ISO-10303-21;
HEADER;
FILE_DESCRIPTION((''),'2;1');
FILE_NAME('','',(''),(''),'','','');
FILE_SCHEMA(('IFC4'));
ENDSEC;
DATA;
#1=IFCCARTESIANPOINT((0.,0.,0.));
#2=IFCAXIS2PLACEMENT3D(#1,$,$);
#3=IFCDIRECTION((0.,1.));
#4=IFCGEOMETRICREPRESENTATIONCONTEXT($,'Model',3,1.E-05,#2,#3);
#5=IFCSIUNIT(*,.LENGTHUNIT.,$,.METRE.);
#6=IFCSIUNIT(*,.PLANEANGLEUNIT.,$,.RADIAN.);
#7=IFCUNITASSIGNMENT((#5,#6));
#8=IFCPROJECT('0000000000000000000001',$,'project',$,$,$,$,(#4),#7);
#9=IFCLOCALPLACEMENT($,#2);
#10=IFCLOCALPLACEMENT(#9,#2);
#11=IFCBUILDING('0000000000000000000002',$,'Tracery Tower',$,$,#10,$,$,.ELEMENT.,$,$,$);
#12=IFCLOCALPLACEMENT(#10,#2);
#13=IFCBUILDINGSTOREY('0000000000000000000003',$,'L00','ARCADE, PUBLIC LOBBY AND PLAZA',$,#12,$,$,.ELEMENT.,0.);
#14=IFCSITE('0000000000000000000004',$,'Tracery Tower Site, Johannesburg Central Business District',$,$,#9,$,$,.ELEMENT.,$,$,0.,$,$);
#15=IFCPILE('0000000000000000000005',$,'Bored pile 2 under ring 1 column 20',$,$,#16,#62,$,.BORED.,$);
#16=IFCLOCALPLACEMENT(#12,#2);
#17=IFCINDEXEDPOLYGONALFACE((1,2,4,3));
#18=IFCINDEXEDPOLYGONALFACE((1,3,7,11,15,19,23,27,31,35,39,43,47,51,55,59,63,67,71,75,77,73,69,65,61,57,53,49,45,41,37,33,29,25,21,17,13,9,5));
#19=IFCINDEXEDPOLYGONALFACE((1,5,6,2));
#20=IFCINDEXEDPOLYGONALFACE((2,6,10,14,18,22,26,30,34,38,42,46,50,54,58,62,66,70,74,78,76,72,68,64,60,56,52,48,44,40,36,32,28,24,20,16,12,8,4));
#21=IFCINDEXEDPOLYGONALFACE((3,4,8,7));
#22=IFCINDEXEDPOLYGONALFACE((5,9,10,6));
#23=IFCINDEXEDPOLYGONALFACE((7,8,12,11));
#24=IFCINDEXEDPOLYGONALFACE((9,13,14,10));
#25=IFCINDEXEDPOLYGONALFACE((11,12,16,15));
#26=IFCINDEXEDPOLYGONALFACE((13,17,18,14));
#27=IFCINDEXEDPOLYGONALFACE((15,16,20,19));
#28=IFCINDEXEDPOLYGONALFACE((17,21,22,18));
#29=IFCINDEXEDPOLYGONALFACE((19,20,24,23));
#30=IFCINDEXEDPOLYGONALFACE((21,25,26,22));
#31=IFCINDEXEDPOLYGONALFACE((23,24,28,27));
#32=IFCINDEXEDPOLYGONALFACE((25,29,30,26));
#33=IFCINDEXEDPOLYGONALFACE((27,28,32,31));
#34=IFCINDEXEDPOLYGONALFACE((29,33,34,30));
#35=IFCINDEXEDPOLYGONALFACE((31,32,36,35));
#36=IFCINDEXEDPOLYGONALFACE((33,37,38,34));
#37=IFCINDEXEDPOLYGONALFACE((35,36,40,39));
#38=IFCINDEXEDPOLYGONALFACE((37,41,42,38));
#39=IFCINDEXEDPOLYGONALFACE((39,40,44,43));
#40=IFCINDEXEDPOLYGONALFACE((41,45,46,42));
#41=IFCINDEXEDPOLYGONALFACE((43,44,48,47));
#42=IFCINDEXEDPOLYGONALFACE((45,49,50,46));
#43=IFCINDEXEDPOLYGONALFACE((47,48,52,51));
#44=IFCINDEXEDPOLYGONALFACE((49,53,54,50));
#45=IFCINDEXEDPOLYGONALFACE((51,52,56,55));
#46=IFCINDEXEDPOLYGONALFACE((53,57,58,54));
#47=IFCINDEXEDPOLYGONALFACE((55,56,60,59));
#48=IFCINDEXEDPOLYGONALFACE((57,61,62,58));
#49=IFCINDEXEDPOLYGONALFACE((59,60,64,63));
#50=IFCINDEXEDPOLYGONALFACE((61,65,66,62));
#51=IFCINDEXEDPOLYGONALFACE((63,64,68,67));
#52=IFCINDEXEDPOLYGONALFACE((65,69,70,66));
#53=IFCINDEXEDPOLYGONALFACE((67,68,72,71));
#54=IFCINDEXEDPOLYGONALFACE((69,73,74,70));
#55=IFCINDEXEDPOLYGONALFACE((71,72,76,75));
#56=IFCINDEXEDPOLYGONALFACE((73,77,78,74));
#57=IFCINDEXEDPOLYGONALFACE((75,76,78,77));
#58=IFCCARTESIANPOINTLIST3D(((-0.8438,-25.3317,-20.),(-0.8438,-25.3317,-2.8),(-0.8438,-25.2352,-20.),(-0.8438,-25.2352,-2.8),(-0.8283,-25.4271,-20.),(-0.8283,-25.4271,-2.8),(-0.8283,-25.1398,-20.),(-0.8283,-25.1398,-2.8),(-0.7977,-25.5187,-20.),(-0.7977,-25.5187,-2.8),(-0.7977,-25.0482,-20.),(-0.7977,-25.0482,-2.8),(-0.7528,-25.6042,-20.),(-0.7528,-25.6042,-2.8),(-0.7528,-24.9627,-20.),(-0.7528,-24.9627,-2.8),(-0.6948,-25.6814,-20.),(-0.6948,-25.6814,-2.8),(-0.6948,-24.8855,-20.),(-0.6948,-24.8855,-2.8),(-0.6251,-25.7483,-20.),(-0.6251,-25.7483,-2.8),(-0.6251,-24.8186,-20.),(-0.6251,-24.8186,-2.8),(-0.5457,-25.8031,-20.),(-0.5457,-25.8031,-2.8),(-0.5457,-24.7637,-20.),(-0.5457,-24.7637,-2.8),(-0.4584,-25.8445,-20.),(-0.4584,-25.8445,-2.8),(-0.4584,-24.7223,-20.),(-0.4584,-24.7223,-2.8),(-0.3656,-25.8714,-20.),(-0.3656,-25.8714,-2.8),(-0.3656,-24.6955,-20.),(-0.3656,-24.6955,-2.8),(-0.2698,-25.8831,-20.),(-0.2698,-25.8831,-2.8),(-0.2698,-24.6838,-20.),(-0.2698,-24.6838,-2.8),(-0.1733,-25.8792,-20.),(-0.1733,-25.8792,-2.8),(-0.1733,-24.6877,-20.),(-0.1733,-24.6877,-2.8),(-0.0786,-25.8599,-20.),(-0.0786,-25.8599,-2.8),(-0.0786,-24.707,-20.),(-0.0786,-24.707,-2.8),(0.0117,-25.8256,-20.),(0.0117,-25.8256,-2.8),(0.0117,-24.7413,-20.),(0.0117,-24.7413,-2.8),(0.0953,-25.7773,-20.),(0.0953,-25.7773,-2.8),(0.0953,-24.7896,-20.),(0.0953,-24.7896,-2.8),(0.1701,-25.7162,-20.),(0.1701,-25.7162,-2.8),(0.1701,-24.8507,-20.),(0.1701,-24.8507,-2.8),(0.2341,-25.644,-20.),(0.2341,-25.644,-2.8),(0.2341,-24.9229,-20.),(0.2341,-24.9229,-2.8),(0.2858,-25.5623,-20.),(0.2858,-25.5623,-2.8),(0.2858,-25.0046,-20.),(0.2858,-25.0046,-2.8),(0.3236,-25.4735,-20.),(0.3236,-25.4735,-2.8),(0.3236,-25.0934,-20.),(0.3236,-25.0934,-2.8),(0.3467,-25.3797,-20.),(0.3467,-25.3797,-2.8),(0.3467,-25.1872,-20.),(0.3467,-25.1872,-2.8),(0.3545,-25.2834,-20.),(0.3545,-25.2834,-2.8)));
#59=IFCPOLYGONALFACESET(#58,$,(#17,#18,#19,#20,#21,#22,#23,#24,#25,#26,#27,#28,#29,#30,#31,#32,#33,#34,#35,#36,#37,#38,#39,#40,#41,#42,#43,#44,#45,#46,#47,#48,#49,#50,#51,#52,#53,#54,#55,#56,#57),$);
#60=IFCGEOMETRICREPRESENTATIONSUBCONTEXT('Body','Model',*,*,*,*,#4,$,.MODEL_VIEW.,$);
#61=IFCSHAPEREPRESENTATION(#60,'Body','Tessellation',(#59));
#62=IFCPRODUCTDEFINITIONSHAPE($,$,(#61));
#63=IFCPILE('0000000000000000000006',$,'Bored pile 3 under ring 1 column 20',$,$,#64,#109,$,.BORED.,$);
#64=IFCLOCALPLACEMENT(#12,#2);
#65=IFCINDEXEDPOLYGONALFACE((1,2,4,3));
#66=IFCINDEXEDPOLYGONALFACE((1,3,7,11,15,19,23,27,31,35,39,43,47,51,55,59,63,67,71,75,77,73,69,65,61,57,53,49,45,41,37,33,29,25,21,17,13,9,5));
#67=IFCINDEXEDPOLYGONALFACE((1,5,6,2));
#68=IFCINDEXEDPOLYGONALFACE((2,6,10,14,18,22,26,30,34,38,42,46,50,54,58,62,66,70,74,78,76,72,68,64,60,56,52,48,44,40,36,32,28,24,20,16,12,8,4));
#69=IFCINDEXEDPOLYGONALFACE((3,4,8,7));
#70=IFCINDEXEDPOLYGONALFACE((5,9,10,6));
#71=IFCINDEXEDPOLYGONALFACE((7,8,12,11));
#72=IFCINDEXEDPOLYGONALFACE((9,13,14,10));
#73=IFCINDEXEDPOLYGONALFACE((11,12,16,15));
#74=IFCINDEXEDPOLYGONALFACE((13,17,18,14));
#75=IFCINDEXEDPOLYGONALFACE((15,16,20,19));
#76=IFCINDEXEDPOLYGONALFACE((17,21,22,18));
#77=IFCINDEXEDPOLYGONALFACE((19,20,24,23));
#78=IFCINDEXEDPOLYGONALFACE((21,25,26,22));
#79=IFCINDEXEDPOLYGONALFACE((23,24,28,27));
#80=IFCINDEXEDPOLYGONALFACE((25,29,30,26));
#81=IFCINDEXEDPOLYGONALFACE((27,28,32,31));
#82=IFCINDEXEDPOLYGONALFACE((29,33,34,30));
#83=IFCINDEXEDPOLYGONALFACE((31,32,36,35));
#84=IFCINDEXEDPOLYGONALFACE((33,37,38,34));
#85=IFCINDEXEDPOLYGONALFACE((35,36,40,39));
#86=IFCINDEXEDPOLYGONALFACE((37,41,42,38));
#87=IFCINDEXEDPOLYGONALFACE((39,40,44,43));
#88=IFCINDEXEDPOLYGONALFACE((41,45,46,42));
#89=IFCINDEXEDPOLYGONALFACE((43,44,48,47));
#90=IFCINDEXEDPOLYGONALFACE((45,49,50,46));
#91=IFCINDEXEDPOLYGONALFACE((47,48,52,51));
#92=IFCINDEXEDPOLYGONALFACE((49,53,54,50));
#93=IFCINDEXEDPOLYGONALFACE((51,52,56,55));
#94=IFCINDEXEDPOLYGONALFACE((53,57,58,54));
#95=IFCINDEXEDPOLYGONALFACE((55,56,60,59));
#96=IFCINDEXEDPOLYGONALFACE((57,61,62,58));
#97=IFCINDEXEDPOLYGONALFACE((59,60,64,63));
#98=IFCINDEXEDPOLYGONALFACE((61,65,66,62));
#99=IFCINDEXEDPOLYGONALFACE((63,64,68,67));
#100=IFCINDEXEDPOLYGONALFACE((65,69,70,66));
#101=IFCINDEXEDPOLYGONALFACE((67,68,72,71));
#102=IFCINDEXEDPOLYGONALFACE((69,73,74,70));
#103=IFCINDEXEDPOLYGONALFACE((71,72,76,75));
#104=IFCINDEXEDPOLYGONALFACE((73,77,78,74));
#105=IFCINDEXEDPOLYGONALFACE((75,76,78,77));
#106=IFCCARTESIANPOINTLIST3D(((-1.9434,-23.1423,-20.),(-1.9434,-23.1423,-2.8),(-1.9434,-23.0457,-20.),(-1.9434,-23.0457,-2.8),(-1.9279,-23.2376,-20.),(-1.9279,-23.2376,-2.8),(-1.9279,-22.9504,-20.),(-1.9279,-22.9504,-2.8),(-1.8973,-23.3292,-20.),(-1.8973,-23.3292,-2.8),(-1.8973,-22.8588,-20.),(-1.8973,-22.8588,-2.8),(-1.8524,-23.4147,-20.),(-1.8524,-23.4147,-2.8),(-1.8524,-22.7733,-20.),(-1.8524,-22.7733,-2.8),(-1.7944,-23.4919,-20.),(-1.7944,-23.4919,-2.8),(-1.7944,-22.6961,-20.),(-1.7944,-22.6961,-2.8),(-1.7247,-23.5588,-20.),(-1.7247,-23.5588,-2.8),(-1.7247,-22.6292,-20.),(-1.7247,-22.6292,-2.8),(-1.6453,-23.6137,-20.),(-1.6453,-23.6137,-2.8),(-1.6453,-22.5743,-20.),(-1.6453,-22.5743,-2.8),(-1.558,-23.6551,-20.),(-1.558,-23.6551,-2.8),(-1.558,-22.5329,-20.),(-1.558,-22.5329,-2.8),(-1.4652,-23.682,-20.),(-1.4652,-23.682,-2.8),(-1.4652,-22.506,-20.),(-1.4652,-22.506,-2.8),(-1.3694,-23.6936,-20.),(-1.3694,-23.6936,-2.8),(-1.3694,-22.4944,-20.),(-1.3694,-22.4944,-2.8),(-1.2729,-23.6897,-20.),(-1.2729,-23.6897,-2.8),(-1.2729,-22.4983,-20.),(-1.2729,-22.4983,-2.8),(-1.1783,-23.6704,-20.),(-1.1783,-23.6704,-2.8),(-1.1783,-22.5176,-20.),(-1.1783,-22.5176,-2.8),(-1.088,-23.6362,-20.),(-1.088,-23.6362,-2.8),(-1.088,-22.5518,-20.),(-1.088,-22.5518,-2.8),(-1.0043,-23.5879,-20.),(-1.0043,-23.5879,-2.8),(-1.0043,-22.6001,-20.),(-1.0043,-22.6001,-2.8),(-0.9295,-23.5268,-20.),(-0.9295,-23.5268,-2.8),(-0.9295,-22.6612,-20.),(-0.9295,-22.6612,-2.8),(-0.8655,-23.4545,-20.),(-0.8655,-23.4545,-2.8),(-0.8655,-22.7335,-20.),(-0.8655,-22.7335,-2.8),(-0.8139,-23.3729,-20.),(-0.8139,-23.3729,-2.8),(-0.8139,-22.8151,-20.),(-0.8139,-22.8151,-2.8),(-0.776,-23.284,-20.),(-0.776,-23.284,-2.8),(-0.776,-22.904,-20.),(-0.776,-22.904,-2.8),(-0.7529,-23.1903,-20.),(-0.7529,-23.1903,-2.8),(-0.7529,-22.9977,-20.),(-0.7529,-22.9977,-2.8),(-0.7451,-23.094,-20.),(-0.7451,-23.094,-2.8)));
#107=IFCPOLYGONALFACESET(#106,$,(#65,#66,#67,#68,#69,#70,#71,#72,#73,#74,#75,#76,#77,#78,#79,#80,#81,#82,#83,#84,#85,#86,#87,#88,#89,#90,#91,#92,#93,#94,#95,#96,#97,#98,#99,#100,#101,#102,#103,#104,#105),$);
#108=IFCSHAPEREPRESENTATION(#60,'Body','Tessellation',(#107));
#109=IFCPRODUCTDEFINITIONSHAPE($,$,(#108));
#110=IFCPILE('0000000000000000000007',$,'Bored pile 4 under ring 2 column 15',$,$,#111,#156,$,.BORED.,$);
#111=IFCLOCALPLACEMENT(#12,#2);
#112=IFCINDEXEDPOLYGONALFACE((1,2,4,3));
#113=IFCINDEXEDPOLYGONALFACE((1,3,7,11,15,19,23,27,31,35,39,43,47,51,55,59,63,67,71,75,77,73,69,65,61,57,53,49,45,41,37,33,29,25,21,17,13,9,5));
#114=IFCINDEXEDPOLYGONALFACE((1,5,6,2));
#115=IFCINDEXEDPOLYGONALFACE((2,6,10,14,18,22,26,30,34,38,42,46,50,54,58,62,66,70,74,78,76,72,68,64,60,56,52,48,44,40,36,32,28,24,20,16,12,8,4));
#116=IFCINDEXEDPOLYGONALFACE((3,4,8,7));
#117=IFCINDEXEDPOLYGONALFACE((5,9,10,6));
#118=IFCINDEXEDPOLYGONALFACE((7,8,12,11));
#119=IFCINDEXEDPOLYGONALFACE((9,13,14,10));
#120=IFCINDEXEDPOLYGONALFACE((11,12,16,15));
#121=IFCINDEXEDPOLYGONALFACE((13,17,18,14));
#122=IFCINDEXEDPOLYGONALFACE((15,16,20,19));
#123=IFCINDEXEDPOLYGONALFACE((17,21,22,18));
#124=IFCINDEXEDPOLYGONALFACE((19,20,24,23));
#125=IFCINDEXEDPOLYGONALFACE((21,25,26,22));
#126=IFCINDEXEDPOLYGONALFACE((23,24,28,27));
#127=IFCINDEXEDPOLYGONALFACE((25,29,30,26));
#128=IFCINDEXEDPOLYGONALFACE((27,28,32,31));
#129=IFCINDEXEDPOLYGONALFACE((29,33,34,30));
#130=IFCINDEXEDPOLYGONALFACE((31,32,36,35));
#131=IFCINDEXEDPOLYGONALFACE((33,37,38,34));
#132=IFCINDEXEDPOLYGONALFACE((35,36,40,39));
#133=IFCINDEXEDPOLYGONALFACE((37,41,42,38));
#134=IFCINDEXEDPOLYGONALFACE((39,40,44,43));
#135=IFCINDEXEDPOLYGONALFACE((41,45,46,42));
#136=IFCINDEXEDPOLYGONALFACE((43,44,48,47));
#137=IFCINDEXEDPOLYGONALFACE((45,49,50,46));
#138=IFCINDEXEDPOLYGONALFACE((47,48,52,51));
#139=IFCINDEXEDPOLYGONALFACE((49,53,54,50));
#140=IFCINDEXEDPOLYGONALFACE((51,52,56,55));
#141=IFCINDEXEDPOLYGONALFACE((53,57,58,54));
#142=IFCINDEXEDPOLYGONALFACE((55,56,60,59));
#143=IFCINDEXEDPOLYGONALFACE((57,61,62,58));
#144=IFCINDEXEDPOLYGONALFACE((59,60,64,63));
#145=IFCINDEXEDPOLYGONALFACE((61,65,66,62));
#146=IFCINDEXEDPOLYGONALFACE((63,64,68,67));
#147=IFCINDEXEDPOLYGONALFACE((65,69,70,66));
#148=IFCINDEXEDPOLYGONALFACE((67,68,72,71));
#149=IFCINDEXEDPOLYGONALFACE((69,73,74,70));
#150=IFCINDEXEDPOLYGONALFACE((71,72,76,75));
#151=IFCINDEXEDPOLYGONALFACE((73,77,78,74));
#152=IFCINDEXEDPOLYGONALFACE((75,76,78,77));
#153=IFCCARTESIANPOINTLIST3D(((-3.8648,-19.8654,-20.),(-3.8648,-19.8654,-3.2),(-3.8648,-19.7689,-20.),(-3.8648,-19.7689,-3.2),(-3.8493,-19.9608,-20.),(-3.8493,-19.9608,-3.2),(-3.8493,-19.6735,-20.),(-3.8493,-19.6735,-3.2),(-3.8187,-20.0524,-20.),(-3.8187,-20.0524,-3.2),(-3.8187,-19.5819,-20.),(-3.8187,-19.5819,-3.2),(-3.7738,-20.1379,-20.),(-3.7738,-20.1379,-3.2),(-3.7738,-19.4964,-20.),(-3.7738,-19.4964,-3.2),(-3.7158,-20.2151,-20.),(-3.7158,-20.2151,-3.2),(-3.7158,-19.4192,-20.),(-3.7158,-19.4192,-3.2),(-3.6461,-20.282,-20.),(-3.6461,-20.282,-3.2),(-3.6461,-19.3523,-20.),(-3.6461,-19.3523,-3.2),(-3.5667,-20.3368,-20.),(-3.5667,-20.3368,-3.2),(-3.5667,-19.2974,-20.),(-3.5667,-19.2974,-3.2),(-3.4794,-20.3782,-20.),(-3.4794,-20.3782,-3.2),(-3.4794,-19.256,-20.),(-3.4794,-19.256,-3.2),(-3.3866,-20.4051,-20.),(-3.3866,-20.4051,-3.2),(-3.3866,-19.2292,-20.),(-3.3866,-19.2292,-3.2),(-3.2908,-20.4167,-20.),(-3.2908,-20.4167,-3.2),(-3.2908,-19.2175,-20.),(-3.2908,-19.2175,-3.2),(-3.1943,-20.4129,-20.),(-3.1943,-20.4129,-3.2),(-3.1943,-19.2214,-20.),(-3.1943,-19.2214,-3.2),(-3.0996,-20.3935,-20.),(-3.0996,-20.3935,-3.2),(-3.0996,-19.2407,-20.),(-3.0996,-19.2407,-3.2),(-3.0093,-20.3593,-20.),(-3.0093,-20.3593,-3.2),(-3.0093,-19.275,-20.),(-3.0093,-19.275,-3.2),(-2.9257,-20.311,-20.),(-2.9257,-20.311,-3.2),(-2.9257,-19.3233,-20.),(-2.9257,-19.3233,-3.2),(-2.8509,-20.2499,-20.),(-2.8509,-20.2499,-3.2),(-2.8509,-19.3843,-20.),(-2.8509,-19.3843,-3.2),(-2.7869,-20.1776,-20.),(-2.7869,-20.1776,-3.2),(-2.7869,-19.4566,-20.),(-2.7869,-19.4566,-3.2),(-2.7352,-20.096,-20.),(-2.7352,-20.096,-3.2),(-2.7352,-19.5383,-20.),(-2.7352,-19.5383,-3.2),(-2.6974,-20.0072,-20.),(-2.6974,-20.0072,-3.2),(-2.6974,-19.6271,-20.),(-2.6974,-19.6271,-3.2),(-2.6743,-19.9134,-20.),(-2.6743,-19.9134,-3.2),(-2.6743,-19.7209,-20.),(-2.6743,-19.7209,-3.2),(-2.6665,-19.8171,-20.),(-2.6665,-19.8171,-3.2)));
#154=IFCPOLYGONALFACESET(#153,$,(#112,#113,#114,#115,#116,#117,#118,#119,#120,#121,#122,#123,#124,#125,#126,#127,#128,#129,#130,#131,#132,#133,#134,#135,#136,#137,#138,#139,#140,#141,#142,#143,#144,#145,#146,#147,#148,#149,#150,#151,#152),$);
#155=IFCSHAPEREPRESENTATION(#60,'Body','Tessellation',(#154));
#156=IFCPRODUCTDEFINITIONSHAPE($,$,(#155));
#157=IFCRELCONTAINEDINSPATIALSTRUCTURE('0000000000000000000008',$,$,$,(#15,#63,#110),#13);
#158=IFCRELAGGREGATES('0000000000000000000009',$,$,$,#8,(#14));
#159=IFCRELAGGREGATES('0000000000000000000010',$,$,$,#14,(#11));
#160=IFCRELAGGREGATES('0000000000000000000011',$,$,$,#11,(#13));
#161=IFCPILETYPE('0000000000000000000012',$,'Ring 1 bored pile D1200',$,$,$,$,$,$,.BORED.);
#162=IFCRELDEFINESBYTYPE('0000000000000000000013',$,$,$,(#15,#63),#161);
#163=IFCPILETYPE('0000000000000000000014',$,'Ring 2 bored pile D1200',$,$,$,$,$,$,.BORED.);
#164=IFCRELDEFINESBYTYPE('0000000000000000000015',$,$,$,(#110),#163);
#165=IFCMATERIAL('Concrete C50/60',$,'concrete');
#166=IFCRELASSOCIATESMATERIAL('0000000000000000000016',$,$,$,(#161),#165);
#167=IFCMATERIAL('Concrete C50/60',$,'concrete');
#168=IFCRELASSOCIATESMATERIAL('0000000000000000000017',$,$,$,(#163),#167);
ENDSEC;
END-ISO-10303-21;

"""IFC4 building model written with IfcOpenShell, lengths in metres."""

from ifc_helpers import new_model, si_unit, direction, frame, origin, origin_2d, place, context, subcontext, project, spatial, circle, extrude, material, material_profile, profile_set, type_object, element, save


model = new_model("IFC4")

# Units and contexts
model_context = context("Model", 3, precision=1e-05, world=origin(), true_north=direction((0.0, 1.0)))
body_context = subcontext(model_context, "Body", "Model", "MODEL_VIEW")
ifc_project = project(units=[si_unit("LENGTHUNIT", "METRE"), si_unit("PLANEANGLEUNIT", "RADIAN")], contexts=[model_context])

# Site, building, storey
site_placement = place(None, origin())
site = spatial("IfcSite", under=ifc_project, at=site_placement, Name="Tracery Tower Site, Johannesburg Central Business District", CompositionType="ELEMENT", RefElevation=0.0)
building_placement = place(site_placement, origin())
building = spatial("IfcBuilding", under=site, at=building_placement, Name="Tracery Tower", CompositionType="ELEMENT")
storey_placement = place(building_placement, origin())
storey = spatial("IfcBuildingStorey", under=building, at=storey_placement, Name="L00", Description="ARCADE, PUBLIC LOBBY AND PLAZA", CompositionType="ELEMENT", Elevation=0.0)

# Piles
ifc_material_1 = material(Name="Concrete C50/60", Category="concrete")
ifc_material_profile_1 = material_profile(ifc_material_1, circle(Radius=0.6001, at=origin_2d()), Name="RC D1200")
ifc_profile_set_1 = profile_set([ifc_material_profile_1], Name="Concrete C50/60")
pile_type_1 = type_object("IfcPileType", Name="Ring 1 bored pile D1200", PredefinedType="BORED", material=ifc_profile_set_1)
for number, where, z_axis, x_axis, name in (
    (1, (-0.2456, -25.2834, -2.8), (0.0, 0.0, -1.0), (1.0, 0.0, 0.0), "Bored pile 2 under ring 1 column 20"),
    (2, (-1.3452, -23.094, -2.8), (0.0, 0.0, -1.0), (1.0, 0.0, 0.0), "Bored pile 3 under ring 1 column 20"),
):
    element("IfcPile", number, at=place(storey_placement, frame(where, z_axis=z_axis, x_axis=x_axis)), inside=storey, type_object=pile_type_1, Name=name, PredefinedType="BORED", context=body_context, shape_type="SweptSolid", body=[
        extrude(circle(Radius=0.6001, at=origin_2d()), origin(), (0.0, 0.0, 1.0), 17.2),
    ])
ifc_material_2 = material(Name="Concrete C50/60", Category="concrete")
ifc_material_profile_2 = material_profile(ifc_material_2, circle(Radius=0.6001, at=origin_2d()), Name="RC D1200")
ifc_profile_set_2 = profile_set([ifc_material_profile_2], Name="Concrete C50/60")
pile_type_2 = type_object("IfcPileType", Name="Ring 2 bored pile D1200", PredefinedType="BORED", material=ifc_profile_set_2)
pile_placement = place(storey_placement, frame((-3.2666, -19.8171, -3.2), z_axis=(0.0, 0.0, -1.0), x_axis=(1.0, 0.0, 0.0)))
element("IfcPile", 3, at=pile_placement, inside=storey, type_object=pile_type_2, Name="Bored pile 4 under ring 2 column 15", PredefinedType="BORED", context=body_context, shape_type="SweptSolid", body=[
    extrude(circle(Radius=0.6001, at=origin_2d()), origin(), (0.0, 0.0, 1.0), 16.8),
])

save(model, "model.ifc")
